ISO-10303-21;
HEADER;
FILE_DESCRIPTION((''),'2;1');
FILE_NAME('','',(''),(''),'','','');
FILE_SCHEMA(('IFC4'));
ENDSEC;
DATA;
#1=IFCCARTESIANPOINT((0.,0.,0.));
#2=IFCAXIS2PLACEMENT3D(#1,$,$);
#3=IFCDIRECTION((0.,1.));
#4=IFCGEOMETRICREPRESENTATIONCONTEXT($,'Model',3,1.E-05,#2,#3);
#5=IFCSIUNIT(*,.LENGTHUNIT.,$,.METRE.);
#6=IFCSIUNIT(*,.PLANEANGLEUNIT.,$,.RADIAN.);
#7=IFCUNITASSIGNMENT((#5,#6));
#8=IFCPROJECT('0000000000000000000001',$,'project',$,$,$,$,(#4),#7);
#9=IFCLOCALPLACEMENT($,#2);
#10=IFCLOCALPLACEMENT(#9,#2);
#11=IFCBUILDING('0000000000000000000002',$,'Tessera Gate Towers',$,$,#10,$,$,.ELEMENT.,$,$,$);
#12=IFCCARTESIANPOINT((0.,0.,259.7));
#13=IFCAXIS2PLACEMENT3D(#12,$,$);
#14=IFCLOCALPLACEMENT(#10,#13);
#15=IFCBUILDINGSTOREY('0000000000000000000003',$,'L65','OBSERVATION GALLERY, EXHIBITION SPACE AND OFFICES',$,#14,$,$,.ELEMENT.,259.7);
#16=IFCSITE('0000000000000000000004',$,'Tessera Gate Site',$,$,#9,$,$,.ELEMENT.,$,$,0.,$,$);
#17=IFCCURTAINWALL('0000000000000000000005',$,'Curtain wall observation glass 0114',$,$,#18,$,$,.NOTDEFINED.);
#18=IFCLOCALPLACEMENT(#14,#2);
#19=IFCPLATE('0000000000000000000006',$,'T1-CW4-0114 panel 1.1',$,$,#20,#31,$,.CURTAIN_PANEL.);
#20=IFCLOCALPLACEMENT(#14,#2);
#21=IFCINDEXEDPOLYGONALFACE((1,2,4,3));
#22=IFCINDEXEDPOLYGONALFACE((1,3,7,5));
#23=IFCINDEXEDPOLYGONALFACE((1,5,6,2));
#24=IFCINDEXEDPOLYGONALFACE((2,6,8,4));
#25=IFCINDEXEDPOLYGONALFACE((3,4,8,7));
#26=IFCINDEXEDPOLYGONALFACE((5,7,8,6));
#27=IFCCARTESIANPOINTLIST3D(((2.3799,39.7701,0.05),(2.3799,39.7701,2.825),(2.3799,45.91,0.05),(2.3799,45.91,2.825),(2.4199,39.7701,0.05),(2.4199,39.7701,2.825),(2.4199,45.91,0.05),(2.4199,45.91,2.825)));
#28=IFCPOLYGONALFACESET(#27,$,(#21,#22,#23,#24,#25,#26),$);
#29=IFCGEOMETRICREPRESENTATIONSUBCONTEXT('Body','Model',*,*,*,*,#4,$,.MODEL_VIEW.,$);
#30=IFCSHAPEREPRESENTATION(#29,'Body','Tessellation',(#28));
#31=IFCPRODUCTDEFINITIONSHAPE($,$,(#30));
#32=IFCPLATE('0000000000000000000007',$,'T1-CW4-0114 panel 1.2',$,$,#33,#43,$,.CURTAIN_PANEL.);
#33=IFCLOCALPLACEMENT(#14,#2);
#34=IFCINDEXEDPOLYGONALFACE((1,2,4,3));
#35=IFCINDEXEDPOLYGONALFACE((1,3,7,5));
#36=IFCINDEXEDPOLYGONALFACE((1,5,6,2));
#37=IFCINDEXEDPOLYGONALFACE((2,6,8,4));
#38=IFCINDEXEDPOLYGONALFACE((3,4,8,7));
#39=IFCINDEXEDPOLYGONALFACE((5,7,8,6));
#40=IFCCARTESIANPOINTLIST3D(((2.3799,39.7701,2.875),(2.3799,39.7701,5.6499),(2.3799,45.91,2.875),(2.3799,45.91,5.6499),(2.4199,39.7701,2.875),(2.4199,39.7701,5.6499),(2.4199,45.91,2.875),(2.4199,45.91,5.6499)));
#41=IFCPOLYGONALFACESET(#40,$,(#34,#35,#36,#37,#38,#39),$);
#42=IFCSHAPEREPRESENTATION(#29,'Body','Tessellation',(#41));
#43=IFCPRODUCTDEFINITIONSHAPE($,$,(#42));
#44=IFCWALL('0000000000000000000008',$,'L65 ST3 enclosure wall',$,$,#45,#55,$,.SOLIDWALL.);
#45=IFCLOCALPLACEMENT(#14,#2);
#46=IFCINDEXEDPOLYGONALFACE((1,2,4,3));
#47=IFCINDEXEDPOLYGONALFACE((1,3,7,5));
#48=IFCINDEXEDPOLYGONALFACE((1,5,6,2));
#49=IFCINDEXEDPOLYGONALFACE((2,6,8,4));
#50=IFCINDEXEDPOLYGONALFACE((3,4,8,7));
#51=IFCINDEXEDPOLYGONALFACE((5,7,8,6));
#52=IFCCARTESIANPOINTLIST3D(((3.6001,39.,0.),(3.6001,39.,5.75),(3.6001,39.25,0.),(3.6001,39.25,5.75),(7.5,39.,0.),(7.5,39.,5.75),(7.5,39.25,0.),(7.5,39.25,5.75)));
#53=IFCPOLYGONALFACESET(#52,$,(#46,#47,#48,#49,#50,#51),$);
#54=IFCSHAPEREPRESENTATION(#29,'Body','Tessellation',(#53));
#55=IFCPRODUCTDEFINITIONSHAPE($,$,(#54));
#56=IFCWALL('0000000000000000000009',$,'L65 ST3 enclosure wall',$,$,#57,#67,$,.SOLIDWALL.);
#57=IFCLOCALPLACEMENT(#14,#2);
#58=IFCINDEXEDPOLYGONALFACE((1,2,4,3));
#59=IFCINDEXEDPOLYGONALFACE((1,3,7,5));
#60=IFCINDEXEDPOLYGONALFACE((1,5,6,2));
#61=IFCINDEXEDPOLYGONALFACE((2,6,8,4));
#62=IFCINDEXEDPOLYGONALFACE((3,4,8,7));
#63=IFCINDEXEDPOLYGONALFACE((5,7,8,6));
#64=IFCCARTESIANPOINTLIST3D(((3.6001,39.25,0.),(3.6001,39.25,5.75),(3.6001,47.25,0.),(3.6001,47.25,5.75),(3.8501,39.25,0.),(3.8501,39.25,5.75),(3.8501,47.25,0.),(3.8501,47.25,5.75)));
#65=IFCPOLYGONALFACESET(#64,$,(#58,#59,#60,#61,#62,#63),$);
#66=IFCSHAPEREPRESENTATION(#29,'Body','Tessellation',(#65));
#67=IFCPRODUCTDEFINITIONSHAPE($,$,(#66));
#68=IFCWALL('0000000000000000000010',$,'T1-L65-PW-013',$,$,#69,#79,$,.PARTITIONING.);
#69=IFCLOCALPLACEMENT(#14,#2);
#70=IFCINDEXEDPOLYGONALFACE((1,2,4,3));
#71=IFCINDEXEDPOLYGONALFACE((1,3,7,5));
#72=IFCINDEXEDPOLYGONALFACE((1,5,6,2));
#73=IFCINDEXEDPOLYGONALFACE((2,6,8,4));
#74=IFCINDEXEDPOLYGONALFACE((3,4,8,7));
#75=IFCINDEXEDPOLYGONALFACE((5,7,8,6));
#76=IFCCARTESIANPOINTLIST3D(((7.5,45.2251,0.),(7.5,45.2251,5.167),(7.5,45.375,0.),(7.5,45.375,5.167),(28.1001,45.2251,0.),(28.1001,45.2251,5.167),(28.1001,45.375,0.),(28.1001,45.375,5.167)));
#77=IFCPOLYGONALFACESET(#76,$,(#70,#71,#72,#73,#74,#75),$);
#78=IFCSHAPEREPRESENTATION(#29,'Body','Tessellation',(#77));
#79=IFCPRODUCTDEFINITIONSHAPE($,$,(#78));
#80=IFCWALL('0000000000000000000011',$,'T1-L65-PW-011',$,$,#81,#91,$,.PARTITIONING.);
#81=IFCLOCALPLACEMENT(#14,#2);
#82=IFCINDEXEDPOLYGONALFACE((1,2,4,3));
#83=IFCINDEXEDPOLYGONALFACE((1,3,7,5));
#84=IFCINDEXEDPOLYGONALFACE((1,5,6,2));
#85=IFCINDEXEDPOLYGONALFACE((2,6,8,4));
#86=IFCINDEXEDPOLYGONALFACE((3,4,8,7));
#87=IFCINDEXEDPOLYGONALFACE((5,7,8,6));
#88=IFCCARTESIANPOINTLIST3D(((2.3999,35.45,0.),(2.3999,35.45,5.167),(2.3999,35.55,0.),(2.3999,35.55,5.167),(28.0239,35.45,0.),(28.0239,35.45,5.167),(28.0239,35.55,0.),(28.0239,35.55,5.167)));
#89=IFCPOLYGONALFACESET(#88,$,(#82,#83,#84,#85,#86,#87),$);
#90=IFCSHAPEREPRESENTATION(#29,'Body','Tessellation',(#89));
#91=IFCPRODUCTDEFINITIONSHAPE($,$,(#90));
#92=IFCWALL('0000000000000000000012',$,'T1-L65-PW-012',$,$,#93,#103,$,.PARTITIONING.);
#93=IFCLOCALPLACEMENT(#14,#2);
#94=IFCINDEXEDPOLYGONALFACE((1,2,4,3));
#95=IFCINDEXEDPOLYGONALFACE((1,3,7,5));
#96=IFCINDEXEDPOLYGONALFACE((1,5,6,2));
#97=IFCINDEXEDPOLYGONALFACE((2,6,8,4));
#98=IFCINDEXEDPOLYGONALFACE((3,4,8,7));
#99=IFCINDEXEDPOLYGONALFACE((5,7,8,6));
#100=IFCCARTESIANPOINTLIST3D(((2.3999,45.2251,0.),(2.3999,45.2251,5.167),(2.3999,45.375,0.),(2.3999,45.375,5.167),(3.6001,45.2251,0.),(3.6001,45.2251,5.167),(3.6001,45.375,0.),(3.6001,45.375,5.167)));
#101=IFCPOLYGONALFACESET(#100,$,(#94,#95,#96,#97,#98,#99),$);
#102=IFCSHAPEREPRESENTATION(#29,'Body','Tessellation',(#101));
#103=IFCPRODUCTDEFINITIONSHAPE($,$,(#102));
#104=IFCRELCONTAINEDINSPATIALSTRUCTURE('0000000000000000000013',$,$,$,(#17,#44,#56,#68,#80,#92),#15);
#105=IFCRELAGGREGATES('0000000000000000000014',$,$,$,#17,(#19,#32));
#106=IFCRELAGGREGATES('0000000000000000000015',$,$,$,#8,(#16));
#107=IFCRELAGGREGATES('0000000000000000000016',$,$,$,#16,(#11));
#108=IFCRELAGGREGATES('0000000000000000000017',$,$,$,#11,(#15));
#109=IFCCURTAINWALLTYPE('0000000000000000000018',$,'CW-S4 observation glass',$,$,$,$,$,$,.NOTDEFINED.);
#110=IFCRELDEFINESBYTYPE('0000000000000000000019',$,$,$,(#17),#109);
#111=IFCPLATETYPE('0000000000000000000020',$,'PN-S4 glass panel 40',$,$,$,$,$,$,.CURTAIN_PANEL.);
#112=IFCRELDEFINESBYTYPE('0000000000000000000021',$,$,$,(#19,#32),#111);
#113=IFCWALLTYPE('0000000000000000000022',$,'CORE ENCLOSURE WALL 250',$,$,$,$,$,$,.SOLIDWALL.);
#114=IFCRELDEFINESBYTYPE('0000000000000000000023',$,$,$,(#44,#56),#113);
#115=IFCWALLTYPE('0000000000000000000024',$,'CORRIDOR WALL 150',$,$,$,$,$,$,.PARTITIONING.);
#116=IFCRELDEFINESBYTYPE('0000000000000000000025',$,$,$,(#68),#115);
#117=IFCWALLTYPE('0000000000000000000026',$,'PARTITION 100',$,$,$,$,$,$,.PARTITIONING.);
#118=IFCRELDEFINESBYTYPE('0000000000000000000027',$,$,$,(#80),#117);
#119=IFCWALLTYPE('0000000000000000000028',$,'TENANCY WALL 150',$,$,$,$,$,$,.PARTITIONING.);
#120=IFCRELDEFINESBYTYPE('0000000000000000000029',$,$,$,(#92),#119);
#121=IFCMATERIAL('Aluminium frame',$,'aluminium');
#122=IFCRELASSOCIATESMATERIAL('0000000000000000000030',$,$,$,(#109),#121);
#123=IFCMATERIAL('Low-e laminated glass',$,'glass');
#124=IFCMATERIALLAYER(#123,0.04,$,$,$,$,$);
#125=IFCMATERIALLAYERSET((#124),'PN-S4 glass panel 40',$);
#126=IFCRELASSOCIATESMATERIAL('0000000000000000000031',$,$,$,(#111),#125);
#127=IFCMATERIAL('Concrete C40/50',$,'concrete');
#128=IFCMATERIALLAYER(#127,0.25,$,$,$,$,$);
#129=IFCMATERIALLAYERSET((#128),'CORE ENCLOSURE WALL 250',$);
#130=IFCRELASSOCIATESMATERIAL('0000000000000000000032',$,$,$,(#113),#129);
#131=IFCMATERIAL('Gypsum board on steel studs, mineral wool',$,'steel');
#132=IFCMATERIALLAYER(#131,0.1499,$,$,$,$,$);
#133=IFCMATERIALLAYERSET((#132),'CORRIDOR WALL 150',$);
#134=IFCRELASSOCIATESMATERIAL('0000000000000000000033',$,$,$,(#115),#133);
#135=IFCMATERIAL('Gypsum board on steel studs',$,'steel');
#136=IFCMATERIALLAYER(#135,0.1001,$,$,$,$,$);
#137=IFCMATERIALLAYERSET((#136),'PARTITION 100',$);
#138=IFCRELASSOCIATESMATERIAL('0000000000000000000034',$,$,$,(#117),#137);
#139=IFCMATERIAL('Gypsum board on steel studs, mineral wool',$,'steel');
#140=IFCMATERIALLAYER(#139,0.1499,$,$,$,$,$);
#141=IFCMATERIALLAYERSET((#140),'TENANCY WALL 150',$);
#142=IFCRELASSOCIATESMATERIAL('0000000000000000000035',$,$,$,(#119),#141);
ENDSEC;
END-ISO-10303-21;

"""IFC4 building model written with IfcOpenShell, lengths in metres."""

from ifc_helpers import new_model, si_unit, direction, frame, frame_2d, origin, origin_2d, place, context, subcontext, project, spatial, rectangle, extrude, material, layer, layer_set, type_object, element, aggregate, save


model = new_model("IFC4")

# Units and contexts
model_context = context("Model", 3, precision=1e-05, world=origin(), true_north=direction((0.0, 1.0)))
body_context = subcontext(model_context, "Body", "Model", "MODEL_VIEW")
ifc_project = project(units=[si_unit("LENGTHUNIT", "METRE"), si_unit("PLANEANGLEUNIT", "RADIAN")], contexts=[model_context])

# Site, building, storey
site_placement = place(None, origin())
site = spatial("IfcSite", under=ifc_project, at=site_placement, Name="Tessera Gate Site", CompositionType="ELEMENT", RefElevation=0.0)
building_placement = place(site_placement, origin())
building = spatial("IfcBuilding", under=site, at=building_placement, Name="Tessera Gate Towers", CompositionType="ELEMENT")
storey_placement = place(building_placement, frame((0.0, 0.0, 259.7)))
storey = spatial("IfcBuildingStorey", under=building, at=storey_placement, Name="L65", Description="OBSERVATION GALLERY, EXHIBITION SPACE AND OFFICES", CompositionType="ELEMENT", Elevation=259.7)

# Shared definitions
ifc_material_1 = material(Name="Aluminium frame", Category="aluminium")
curtain_wall_type = type_object("IfcCurtainWallType", Name="CW-S4 observation glass", PredefinedType="NOTDEFINED", material=ifc_material_1)

# Curtain wall, plates
curtain_wall_1_placement = place(storey_placement, origin())
curtain_wall_1 = element("IfcCurtainWall", 1, at=curtain_wall_1_placement, inside=storey, type_object=curtain_wall_type, Name="Curtain wall observation glass 0114", PredefinedType="NOTDEFINED")
ifc_material_2 = material(Name="Low-e laminated glass", Category="glass")
ifc_layer_1 = layer(ifc_material_2, 0.04)
ifc_layer_set_1 = layer_set([ifc_layer_1], Name="PN-S4 glass panel 40")
plate_type_1 = type_object("IfcPlateType", Name="PN-S4 glass panel 40", PredefinedType="CURTAIN_PANEL", material=ifc_layer_set_1)
plate_1_placement = place(storey_placement, frame((2.3999, 42.8401, 0.05), z_axis=(0.0, 0.0, 1.0), x_axis=(0.0, 1.0, 0.0)))
plate_1 = element("IfcPlate", 2, at=plate_1_placement, type_object=plate_type_1, Name="T1-CW4-0114 panel 1.1", PredefinedType="CURTAIN_PANEL", context=body_context, shape_type="SweptSolid", body=[
    extrude(rectangle(XDim=6.1399, YDim=0.04, at=origin_2d()), origin(), (0.0, 0.0, 1.0), 2.7749),
])
plate_2_placement = place(storey_placement, frame((2.3999, 42.8401, 2.875), z_axis=(0.0, 0.0, 1.0), x_axis=(0.0, 1.0, 0.0)))
plate_2 = element("IfcPlate", 3, at=plate_2_placement, type_object=plate_type_1, Name="T1-CW4-0114 panel 1.2", PredefinedType="CURTAIN_PANEL", context=body_context, shape_type="SweptSolid", body=[
    extrude(rectangle(XDim=6.1399, YDim=0.04, at=origin_2d()), origin(), (0.0, 0.0, 1.0), 2.7749),
])
aggregate(curtain_wall_1, [plate_1, plate_2])

# Walls
ifc_material_3 = material(Name="Concrete C40/50", Category="concrete")
ifc_layer_2 = layer(ifc_material_3, 0.25)
ifc_layer_set_2 = layer_set([ifc_layer_2], Name="CORE ENCLOSURE WALL 250")
wall_type_1 = type_object("IfcWallType", Name="CORE ENCLOSURE WALL 250", PredefinedType="SOLIDWALL", material=ifc_layer_set_2)
wall_1_placement = place(storey_placement, frame((7.5, 39.125, 0.0), z_axis=(0.0, 0.0, 1.0), x_axis=(-1.0, 0.0, 0.0)))
element("IfcWall", 4, at=wall_1_placement, inside=storey, type_object=wall_type_1, Name="L65 ST3 enclosure wall", PredefinedType="SOLIDWALL", context=body_context, shape_type="SweptSolid", body=[
    extrude(rectangle(XDim=3.8999, YDim=0.25, at=frame_2d((1.95, 0.0))), origin(), (0.0, 0.0, 1.0), 5.75),
])
wall_2_placement = place(storey_placement, frame((3.7251, 39.25, 0.0), z_axis=(0.0, 0.0, 1.0), x_axis=(0.0, 1.0, 0.0)))
element("IfcWall", 5, at=wall_2_placement, inside=storey, type_object=wall_type_1, Name="L65 ST3 enclosure wall", PredefinedType="SOLIDWALL", context=body_context, shape_type="SweptSolid", body=[
    extrude(rectangle(XDim=8.0, YDim=0.25, at=frame_2d((4.0, 0.0))), origin(), (0.0, 0.0, 1.0), 5.75),
])
ifc_material_4 = material(Name="Gypsum board on steel studs, mineral wool", Category="steel")
ifc_layer_3 = layer(ifc_material_4, 0.1499)
ifc_layer_set_3 = layer_set([ifc_layer_3], Name="CORRIDOR WALL 150")
wall_type_2 = type_object("IfcWallType", Name="CORRIDOR WALL 150", PredefinedType="PARTITIONING", material=ifc_layer_set_3)
wall_3_placement = place(storey_placement, frame((7.5, 45.3, 0.0), z_axis=(0.0, 0.0, 1.0), x_axis=(1.0, 0.0, 0.0)))
element("IfcWall", 6, at=wall_3_placement, inside=storey, type_object=wall_type_2, Name="T1-L65-PW-013", PredefinedType="PARTITIONING", context=body_context, shape_type="SweptSolid", body=[
    extrude(rectangle(XDim=20.6001, YDim=0.1499, at=frame_2d((10.3, 0.0))), origin(), (0.0, 0.0, 1.0), 5.167),
])
ifc_material_5 = material(Name="Gypsum board on steel studs", Category="steel")
ifc_layer_4 = layer(ifc_material_5, 0.1001)
ifc_layer_set_4 = layer_set([ifc_layer_4], Name="PARTITION 100")
wall_type_3 = type_object("IfcWallType", Name="PARTITION 100", PredefinedType="PARTITIONING", material=ifc_layer_set_4)
wall_4_placement = place(storey_placement, frame((2.3999, 35.5, 0.0), z_axis=(0.0, 0.0, 1.0), x_axis=(1.0, 0.0, 0.0)))
element("IfcWall", 7, at=wall_4_placement, inside=storey, type_object=wall_type_3, Name="T1-L65-PW-011", PredefinedType="PARTITIONING", context=body_context, shape_type="SweptSolid", body=[
    extrude(rectangle(XDim=25.624, YDim=0.1001, at=frame_2d((12.812, 0.0))), origin(), (0.0, 0.0, 1.0), 5.167),
])
ifc_material_6 = material(Name="Gypsum board on steel studs, mineral wool", Category="steel")
ifc_layer_5 = layer(ifc_material_6, 0.1499)
ifc_layer_set_5 = layer_set([ifc_layer_5], Name="TENANCY WALL 150")
wall_type_4 = type_object("IfcWallType", Name="TENANCY WALL 150", PredefinedType="PARTITIONING", material=ifc_layer_set_5)
wall_5_placement = place(storey_placement, frame((2.3999, 45.3, 0.0), z_axis=(0.0, 0.0, 1.0), x_axis=(1.0, 0.0, 0.0)))
element("IfcWall", 8, at=wall_5_placement, inside=storey, type_object=wall_type_4, Name="T1-L65-PW-012", PredefinedType="PARTITIONING", context=body_context, shape_type="SweptSolid", body=[
    extrude(rectangle(XDim=1.2002, YDim=0.1499, at=frame_2d((0.6001, 0.0))), origin(), (0.0, 0.0, 1.0), 5.167),
])

save(model, "model.ifc")
